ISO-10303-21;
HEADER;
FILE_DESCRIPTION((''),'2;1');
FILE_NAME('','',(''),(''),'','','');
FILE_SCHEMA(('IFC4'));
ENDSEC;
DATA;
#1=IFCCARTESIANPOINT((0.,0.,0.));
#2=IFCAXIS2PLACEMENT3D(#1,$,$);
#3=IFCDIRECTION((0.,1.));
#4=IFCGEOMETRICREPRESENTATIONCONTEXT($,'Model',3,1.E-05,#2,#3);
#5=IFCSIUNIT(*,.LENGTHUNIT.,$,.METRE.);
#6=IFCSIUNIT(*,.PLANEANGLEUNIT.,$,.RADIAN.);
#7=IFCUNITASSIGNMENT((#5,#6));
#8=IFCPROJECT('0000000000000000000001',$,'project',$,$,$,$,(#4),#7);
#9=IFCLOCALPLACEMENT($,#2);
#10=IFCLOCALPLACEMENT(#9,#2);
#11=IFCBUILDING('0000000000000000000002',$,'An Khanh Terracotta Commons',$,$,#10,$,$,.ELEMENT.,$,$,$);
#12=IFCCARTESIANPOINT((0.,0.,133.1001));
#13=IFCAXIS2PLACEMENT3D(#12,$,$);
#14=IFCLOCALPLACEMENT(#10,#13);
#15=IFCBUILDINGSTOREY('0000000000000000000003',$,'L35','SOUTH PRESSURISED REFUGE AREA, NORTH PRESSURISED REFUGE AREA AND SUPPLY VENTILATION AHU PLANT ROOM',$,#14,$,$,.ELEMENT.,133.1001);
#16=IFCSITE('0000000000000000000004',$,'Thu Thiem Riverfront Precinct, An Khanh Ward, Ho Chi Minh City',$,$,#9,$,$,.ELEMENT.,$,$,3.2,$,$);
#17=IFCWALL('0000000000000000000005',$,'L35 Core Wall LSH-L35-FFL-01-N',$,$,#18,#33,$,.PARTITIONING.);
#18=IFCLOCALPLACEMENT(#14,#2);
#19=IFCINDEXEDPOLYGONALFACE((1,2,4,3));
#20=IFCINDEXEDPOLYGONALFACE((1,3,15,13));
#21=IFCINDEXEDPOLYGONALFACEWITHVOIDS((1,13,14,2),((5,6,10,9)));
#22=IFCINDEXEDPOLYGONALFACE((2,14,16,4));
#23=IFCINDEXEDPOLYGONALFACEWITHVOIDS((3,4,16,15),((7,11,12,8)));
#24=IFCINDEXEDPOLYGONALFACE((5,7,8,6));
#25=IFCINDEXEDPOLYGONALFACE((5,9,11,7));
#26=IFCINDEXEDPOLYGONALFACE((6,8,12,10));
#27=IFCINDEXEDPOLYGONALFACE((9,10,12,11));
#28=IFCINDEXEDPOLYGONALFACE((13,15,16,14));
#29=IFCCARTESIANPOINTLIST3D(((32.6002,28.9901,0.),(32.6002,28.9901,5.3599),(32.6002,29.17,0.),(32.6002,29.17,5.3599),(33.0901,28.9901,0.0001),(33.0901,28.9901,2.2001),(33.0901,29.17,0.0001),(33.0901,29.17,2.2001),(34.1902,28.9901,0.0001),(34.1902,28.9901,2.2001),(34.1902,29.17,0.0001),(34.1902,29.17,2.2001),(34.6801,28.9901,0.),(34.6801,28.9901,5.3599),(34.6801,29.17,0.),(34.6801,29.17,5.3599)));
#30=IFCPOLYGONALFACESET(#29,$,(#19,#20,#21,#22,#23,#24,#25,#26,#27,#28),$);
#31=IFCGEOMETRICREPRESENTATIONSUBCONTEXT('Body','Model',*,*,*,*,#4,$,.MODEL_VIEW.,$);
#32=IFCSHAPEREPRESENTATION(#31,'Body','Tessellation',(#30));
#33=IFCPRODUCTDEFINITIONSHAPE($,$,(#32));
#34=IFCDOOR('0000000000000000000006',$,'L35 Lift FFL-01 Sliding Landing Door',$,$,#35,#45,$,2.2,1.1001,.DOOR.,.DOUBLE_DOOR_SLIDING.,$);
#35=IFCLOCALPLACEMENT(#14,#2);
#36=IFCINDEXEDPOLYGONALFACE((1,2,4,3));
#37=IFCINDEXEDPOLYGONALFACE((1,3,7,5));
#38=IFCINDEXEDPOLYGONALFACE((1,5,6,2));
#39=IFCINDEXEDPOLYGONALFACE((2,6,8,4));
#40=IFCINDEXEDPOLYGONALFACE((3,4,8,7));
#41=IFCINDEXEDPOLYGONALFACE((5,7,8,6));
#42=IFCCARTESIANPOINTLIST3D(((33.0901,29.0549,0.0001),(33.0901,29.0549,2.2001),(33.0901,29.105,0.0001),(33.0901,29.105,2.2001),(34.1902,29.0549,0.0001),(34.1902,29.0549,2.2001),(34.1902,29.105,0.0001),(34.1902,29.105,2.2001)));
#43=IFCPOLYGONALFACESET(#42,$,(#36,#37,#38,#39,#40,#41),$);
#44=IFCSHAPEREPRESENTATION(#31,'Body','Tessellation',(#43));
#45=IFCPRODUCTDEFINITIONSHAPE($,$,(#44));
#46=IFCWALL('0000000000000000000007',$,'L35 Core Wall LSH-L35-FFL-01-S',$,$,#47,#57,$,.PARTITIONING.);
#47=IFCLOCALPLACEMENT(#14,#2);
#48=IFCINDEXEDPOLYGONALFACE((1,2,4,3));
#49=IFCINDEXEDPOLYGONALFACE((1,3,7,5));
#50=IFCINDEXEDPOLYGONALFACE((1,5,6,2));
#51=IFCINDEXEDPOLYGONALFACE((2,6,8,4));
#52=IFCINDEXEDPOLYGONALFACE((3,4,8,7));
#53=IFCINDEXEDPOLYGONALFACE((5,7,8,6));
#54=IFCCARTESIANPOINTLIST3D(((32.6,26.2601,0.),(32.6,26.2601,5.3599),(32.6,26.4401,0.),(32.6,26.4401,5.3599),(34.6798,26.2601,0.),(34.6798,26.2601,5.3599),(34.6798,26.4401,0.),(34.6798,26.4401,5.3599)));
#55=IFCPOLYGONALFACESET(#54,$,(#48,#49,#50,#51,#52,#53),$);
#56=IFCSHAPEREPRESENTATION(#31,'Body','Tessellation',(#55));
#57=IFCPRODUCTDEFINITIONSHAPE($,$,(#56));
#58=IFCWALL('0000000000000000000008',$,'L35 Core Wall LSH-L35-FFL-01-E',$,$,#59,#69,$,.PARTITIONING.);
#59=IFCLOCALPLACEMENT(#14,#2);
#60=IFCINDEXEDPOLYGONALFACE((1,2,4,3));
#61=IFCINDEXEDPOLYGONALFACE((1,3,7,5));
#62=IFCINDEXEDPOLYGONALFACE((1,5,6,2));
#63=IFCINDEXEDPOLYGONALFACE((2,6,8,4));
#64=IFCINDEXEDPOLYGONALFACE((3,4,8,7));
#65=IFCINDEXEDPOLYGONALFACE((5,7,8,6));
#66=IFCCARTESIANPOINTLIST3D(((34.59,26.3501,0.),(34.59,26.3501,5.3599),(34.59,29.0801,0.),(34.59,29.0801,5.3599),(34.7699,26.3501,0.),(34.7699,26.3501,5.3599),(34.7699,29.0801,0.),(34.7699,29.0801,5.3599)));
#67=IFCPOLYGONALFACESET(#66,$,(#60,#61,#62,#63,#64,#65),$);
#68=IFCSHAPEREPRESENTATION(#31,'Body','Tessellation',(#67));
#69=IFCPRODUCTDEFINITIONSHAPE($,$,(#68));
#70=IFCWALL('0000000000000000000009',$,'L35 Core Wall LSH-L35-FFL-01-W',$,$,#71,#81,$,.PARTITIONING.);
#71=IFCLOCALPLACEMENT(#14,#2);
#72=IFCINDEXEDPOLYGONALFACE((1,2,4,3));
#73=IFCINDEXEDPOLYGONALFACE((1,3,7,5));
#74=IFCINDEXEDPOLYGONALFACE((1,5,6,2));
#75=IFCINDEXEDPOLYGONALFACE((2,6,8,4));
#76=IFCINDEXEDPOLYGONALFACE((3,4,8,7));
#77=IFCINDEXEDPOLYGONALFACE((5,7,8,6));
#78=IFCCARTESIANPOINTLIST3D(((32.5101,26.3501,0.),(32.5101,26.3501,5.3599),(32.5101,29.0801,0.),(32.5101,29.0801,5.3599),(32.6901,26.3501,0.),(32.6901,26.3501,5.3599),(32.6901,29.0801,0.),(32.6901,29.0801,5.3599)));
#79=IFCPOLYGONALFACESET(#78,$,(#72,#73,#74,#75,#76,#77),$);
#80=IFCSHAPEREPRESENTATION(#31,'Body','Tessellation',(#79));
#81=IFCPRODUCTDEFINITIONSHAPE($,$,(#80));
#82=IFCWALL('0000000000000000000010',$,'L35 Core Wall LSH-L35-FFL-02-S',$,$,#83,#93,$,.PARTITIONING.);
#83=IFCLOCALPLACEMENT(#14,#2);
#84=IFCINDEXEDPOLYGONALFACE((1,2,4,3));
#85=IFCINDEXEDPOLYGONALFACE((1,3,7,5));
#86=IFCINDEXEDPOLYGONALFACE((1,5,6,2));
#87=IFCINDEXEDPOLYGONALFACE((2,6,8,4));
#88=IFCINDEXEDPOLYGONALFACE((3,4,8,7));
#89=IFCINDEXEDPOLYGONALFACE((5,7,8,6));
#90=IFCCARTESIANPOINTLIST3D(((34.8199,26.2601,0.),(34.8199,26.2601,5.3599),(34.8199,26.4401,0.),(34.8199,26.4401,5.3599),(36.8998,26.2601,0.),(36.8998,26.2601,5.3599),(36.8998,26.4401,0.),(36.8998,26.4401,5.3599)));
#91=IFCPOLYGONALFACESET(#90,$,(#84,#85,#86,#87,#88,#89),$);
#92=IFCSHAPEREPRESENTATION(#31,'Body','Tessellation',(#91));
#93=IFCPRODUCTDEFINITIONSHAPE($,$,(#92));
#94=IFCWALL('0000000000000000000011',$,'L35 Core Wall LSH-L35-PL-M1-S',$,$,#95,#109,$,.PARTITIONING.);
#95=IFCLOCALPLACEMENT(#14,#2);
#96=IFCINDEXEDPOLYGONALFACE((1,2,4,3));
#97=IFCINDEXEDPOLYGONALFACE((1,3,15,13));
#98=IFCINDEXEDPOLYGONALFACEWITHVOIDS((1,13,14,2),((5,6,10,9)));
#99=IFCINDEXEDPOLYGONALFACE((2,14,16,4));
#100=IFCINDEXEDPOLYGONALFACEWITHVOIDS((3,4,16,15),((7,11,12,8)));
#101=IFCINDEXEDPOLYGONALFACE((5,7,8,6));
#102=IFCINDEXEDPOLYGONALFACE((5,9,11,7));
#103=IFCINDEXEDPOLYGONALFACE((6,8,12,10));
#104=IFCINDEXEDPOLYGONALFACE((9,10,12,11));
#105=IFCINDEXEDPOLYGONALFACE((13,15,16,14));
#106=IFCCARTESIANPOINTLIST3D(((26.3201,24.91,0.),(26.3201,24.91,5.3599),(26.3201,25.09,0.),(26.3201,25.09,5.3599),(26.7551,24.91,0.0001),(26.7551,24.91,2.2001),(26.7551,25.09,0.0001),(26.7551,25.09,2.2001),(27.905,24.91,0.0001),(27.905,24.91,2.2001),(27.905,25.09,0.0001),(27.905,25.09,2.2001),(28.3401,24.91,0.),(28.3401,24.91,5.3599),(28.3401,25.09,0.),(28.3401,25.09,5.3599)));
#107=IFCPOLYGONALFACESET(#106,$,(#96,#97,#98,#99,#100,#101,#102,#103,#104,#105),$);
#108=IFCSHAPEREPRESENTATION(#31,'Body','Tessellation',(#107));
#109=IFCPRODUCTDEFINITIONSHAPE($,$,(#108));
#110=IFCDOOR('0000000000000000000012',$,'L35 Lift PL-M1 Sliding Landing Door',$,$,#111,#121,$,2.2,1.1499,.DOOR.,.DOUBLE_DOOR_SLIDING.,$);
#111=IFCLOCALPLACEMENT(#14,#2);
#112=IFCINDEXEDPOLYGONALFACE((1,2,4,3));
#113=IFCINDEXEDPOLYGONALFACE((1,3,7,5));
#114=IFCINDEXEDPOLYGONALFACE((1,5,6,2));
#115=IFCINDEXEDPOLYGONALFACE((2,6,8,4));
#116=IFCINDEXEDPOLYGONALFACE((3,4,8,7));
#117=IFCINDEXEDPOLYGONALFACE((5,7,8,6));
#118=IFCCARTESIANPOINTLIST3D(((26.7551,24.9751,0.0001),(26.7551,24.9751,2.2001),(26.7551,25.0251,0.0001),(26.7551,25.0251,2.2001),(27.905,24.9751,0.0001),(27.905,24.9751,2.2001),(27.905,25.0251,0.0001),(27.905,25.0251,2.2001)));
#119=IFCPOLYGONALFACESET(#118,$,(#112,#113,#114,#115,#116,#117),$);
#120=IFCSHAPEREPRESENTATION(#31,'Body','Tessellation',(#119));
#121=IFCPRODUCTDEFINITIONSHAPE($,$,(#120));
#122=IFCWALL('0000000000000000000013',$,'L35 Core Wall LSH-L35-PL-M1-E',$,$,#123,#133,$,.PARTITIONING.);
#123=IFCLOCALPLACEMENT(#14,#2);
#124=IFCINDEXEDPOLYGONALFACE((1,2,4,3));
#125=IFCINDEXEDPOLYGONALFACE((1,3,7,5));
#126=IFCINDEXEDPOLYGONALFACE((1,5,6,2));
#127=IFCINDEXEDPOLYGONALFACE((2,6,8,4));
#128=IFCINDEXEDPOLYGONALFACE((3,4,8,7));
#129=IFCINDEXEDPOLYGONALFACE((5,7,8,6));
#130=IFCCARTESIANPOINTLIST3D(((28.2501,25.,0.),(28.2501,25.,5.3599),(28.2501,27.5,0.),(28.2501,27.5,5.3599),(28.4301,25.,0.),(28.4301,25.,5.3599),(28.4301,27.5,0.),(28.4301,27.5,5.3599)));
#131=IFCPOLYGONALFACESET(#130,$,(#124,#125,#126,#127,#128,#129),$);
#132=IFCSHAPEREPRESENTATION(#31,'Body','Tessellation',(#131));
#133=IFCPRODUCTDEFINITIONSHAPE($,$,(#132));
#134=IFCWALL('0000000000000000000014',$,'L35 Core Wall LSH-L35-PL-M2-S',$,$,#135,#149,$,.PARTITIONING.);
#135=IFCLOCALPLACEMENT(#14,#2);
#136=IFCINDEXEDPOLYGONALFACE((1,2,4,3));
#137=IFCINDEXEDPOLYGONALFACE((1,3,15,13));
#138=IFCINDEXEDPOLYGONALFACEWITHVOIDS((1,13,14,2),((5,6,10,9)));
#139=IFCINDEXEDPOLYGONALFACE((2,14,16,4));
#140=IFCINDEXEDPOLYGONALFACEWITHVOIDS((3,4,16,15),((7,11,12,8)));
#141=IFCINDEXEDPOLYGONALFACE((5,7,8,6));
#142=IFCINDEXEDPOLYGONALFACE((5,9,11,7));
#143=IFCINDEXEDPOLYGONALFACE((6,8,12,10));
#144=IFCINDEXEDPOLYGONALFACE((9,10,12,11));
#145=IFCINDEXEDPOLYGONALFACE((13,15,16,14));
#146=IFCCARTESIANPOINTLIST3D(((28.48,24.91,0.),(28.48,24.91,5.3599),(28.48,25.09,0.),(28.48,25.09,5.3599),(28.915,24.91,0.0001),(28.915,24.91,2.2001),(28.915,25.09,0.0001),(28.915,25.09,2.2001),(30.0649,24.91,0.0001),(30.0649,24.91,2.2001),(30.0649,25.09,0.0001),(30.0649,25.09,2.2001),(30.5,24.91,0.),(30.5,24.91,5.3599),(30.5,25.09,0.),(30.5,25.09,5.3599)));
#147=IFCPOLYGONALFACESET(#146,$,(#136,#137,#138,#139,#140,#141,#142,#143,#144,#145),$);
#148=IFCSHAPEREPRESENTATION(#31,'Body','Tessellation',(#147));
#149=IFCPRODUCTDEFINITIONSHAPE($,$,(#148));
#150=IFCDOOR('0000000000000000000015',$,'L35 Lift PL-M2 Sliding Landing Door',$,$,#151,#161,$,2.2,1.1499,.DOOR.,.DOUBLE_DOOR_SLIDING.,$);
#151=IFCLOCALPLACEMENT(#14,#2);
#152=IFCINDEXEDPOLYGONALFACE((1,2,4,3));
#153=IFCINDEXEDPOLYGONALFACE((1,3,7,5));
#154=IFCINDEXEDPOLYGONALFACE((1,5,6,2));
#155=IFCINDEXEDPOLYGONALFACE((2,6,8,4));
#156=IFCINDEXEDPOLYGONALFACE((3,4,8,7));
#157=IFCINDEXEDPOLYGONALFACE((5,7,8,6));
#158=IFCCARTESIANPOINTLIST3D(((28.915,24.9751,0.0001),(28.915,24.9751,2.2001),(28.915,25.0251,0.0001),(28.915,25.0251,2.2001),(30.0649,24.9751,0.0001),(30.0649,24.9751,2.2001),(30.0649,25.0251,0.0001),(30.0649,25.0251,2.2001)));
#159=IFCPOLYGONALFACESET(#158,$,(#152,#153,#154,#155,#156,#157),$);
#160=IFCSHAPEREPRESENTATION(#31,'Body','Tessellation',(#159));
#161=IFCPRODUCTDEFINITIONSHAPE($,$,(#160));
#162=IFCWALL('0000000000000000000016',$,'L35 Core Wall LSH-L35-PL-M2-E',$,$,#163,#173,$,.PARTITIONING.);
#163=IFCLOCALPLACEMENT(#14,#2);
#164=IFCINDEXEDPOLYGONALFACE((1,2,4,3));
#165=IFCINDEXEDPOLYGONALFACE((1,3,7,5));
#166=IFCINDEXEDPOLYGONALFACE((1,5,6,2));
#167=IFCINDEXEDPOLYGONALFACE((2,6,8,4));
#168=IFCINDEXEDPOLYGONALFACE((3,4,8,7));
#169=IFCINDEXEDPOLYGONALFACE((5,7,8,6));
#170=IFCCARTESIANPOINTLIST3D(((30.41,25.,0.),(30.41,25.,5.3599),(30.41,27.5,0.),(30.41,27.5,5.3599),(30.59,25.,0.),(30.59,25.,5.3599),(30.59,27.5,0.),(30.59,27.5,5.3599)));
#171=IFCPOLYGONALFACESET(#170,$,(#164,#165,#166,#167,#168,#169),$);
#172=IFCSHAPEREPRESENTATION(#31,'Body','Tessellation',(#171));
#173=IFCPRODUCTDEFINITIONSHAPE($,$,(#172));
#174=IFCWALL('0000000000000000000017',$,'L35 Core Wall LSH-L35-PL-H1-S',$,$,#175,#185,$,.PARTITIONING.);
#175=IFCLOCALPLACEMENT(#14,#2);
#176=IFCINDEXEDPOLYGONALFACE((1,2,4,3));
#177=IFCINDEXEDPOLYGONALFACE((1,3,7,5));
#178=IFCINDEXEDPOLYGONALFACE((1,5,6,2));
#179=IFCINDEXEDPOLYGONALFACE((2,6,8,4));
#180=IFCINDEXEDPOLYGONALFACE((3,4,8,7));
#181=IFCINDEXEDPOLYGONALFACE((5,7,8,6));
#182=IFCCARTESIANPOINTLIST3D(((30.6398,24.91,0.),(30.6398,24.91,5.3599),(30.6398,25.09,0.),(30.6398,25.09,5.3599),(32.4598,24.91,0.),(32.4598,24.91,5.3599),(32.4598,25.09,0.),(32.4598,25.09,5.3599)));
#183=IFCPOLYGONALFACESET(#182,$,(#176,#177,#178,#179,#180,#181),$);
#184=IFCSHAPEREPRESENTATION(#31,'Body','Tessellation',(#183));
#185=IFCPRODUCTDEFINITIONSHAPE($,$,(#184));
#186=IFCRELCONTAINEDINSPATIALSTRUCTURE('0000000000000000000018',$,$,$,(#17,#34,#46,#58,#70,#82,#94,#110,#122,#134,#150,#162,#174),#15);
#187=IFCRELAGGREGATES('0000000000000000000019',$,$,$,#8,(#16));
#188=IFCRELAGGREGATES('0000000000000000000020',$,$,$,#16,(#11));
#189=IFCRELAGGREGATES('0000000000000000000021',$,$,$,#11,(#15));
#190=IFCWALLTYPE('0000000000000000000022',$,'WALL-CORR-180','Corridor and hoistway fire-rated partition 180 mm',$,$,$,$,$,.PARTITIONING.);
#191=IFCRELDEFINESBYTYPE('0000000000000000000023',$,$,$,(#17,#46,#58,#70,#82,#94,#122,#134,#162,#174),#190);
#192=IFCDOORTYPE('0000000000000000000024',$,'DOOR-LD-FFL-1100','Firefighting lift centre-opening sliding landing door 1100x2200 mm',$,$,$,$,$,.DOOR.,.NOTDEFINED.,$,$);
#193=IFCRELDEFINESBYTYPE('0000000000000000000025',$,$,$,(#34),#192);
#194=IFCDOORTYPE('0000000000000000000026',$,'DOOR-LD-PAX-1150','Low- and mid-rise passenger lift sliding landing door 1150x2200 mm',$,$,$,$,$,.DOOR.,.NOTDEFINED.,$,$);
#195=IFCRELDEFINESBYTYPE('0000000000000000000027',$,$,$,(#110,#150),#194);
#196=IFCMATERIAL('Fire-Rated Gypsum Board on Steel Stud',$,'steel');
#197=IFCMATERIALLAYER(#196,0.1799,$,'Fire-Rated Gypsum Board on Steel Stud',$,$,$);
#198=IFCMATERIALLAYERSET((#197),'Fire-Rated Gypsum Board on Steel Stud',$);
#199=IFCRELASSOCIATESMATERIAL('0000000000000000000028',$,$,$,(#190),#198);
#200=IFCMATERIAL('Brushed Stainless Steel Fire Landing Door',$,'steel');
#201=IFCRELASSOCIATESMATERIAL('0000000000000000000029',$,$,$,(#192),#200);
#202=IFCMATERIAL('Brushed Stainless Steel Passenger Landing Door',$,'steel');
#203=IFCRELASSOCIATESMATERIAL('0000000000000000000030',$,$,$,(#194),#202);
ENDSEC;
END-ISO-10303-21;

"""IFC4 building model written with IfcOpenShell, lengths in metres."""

from ifc_helpers import new_model, si_unit, direction, frame, frame_2d, origin, place, context, subcontext, project, spatial, rectangle, extrude, material, layer, layer_set, type_object, element, fill, save


model = new_model("IFC4")

# Units and contexts
model_context = context("Model", 3, precision=1e-05, world=origin(), true_north=direction((0.0, 1.0)))
body_context = subcontext(model_context, "Body", "Model", "MODEL_VIEW")
ifc_project = project(units=[si_unit("LENGTHUNIT", "METRE"), si_unit("PLANEANGLEUNIT", "RADIAN")], contexts=[model_context])

# Site, building, storey
site_placement = place(None, origin())
site = spatial("IfcSite", under=ifc_project, at=site_placement, Name="Thu Thiem Riverfront Precinct, An Khanh Ward, Ho Chi Minh City", CompositionType="ELEMENT", RefElevation=3.2)
building_placement = place(site_placement, origin())
building = spatial("IfcBuilding", under=site, at=building_placement, Name="An Khanh Terracotta Commons", CompositionType="ELEMENT")
storey_placement = place(building_placement, frame((0.0, 0.0, 133.1001)))
storey = spatial("IfcBuildingStorey", under=building, at=storey_placement, Name="L35", Description="SOUTH PRESSURISED REFUGE AREA, NORTH PRESSURISED REFUGE AREA AND SUPPLY VENTILATION AHU PLANT ROOM", CompositionType="ELEMENT", Elevation=133.1001)

# Wall, opening, door
ifc_material_1 = material(Name="Fire-Rated Gypsum Board on Steel Stud", Category="steel")
ifc_layer = layer(ifc_material_1, 0.1799, Name="Fire-Rated Gypsum Board on Steel Stud")
ifc_layer_set = layer_set([ifc_layer], Name="Fire-Rated Gypsum Board on Steel Stud")
wall_type = type_object("IfcWallType", Name="WALL-CORR-180", Description="Corridor and hoistway fire-rated partition 180 mm", PredefinedType="PARTITIONING", material=ifc_layer_set)
wall_1_placement = place(storey_placement, frame((32.6001, 29.0801, 0.0), z_axis=(0.0, 0.0, 1.0), x_axis=(1.0, 0.0, 0.0)))
wall_1 = element("IfcWall", 1, at=wall_1_placement, inside=storey, type_object=wall_type, Name="L35 Core Wall LSH-L35-FFL-01-N", PredefinedType="PARTITIONING", context=body_context, shape_type="SweptSolid", body=[
    extrude(rectangle(XDim=2.0798, YDim=0.1799, at=frame_2d((1.04, 0.0))), origin(), (0.0, 0.0, 1.0), 5.3599),
])
opening_1_placement = place(wall_1_placement, frame((0.49, 0.0, 0.0)))
opening_1 = element("IfcOpeningElement", 2, at=opening_1_placement, cuts=wall_1, PredefinedType="OPENING", context=body_context, shape_type="SweptSolid", body=[
    extrude(rectangle(XDim=1.1001, YDim=2.2, at=frame_2d((0.55, 1.1001))), frame((0.0, 0.0999, 0.0), z_axis=(0.0, -1.0, 0.0), x_axis=(1.0, 0.0, 0.0)), (0.0, 0.0, 1.0), 0.2),
])
ifc_material_2 = material(Name="Brushed Stainless Steel Fire Landing Door", Category="steel")
door_type_1 = type_object("IfcDoorType", Name="DOOR-LD-FFL-1100", Description="Firefighting lift centre-opening sliding landing door 1100x2200 mm", OperationType="NOTDEFINED", PredefinedType="DOOR", material=ifc_material_2)
door_1_placement = place(opening_1_placement, origin())
door_1 = element("IfcDoor", 3, at=door_1_placement, inside=storey, type_object=door_type_1, Name="L35 Lift FFL-01 Sliding Landing Door", OperationType="DOUBLE_DOOR_SLIDING", OverallHeight=2.2, OverallWidth=1.1001, PredefinedType="DOOR", context=body_context, shape_type="SweptSolid", body=[
    extrude(rectangle(XDim=1.1001, YDim=2.2, at=frame_2d((0.55, 1.1001))), frame((0.0, 0.0249, 0.0), z_axis=(0.0, -1.0, 0.0), x_axis=(1.0, 0.0, 0.0)), (0.0, 0.0, 1.0), 0.05),
])
fill(opening_1, door_1)

# Walls
wall_2_placement = place(storey_placement, frame((34.6799, 26.3501, 0.0), z_axis=(0.0, 0.0, 1.0), x_axis=(-1.0, 0.0, 0.0)))
element("IfcWall", 4, at=wall_2_placement, inside=storey, type_object=wall_type, Name="L35 Core Wall LSH-L35-FFL-01-S", PredefinedType="PARTITIONING", context=body_context, shape_type="SweptSolid", body=[
    extrude(rectangle(XDim=2.0798, YDim=0.1799, at=frame_2d((1.04, 0.0))), origin(), (0.0, 0.0, 1.0), 5.3599),
])
for number, where, z_axis, x_axis, name in (
    (5, (34.6799, 26.3501, 0.0), (0.0, 0.0, 1.0), (0.0, 1.0, 0.0), "L35 Core Wall LSH-L35-FFL-01-E"),
    (6, (32.6001, 29.0801, 0.0), (0.0, 0.0, 1.0), (0.0, -1.0, 0.0), "L35 Core Wall LSH-L35-FFL-01-W"),
):
    element("IfcWall", number, at=place(storey_placement, frame(where, z_axis=z_axis, x_axis=x_axis)), inside=storey, type_object=wall_type, Name=name, PredefinedType="PARTITIONING", context=body_context, shape_type="SweptSolid", body=[
        extrude(rectangle(XDim=2.73, YDim=0.1799, at=frame_2d((1.365, 0.0))), origin(), (0.0, 0.0, 1.0), 5.3599),
    ])
wall_3_placement = place(storey_placement, frame((36.8999, 26.3501, 0.0), z_axis=(0.0, 0.0, 1.0), x_axis=(-1.0, 0.0, 0.0)))
element("IfcWall", 7, at=wall_3_placement, inside=storey, type_object=wall_type, Name="L35 Core Wall LSH-L35-FFL-02-S", PredefinedType="PARTITIONING", context=body_context, shape_type="SweptSolid", body=[
    extrude(rectangle(XDim=2.0798, YDim=0.1799, at=frame_2d((1.04, 0.0))), origin(), (0.0, 0.0, 1.0), 5.3599),
])

# Wall, opening, door
wall_4_placement = place(storey_placement, frame((28.3401, 25.0, 0.0), z_axis=(0.0, 0.0, 1.0), x_axis=(-1.0, 0.0, 0.0)))
wall_4 = element("IfcWall", 8, at=wall_4_placement, inside=storey, type_object=wall_type, Name="L35 Core Wall LSH-L35-PL-M1-S", PredefinedType="PARTITIONING", context=body_context, shape_type="SweptSolid", body=[
    extrude(rectangle(XDim=2.02, YDim=0.1799, at=frame_2d((1.01, 0.0))), origin(), (0.0, 0.0, 1.0), 5.3599),
])
opening_2_placement = place(wall_4_placement, frame((0.4351, 0.0, 0.0)))
opening_2 = element("IfcOpeningElement", 9, at=opening_2_placement, cuts=wall_4, PredefinedType="OPENING", context=body_context, shape_type="SweptSolid", body=[
    extrude(rectangle(XDim=1.1499, YDim=2.2, at=frame_2d((0.575, 1.1001))), frame((0.0, 0.0999, 0.0), z_axis=(0.0, -1.0, 0.0), x_axis=(1.0, 0.0, 0.0)), (0.0, 0.0, 1.0), 0.2),
])
ifc_material_3 = material(Name="Brushed Stainless Steel Passenger Landing Door", Category="steel")
door_type_2 = type_object("IfcDoorType", Name="DOOR-LD-PAX-1150", Description="Low- and mid-rise passenger lift sliding landing door 1150x2200 mm", OperationType="NOTDEFINED", PredefinedType="DOOR", material=ifc_material_3)
door_2_placement = place(opening_2_placement, origin())
door_2 = element("IfcDoor", 10, at=door_2_placement, inside=storey, type_object=door_type_2, Name="L35 Lift PL-M1 Sliding Landing Door", OperationType="DOUBLE_DOOR_SLIDING", OverallHeight=2.2, OverallWidth=1.1499, PredefinedType="DOOR", context=body_context, shape_type="SweptSolid", body=[
    extrude(rectangle(XDim=1.1499, YDim=2.2, at=frame_2d((0.575, 1.1001))), frame((0.0, 0.0249, 0.0), z_axis=(0.0, -1.0, 0.0), x_axis=(1.0, 0.0, 0.0)), (0.0, 0.0, 1.0), 0.05),
])
fill(opening_2, door_2)

# Wall
wall_5_placement = place(storey_placement, frame((28.3401, 25.0, 0.0), z_axis=(0.0, 0.0, 1.0), x_axis=(0.0, 1.0, 0.0)))
element("IfcWall", 11, at=wall_5_placement, inside=storey, type_object=wall_type, Name="L35 Core Wall LSH-L35-PL-M1-E", PredefinedType="PARTITIONING", context=body_context, shape_type="SweptSolid", body=[
    extrude(rectangle(XDim=2.5, YDim=0.1799, at=frame_2d((1.25, 0.0))), origin(), (0.0, 0.0, 1.0), 5.3599),
])

# Wall, opening, door
wall_6_placement = place(storey_placement, frame((30.5, 25.0, 0.0), z_axis=(0.0, 0.0, 1.0), x_axis=(-1.0, 0.0, 0.0)))
wall_6 = element("IfcWall", 12, at=wall_6_placement, inside=storey, type_object=wall_type, Name="L35 Core Wall LSH-L35-PL-M2-S", PredefinedType="PARTITIONING", context=body_context, shape_type="SweptSolid", body=[
    extrude(rectangle(XDim=2.02, YDim=0.1799, at=frame_2d((1.01, 0.0))), origin(), (0.0, 0.0, 1.0), 5.3599),
])
opening_3_placement = place(wall_6_placement, frame((0.4351, 0.0, 0.0)))
opening_3 = element("IfcOpeningElement", 13, at=opening_3_placement, cuts=wall_6, PredefinedType="OPENING", context=body_context, shape_type="SweptSolid", body=[
    extrude(rectangle(XDim=1.1499, YDim=2.2, at=frame_2d((0.575, 1.1001))), frame((0.0, 0.0999, 0.0), z_axis=(0.0, -1.0, 0.0), x_axis=(1.0, 0.0, 0.0)), (0.0, 0.0, 1.0), 0.2),
])
door_3_placement = place(opening_3_placement, origin())
door_3 = element("IfcDoor", 14, at=door_3_placement, inside=storey, type_object=door_type_2, Name="L35 Lift PL-M2 Sliding Landing Door", OperationType="DOUBLE_DOOR_SLIDING", OverallHeight=2.2, OverallWidth=1.1499, PredefinedType="DOOR", context=body_context, shape_type="SweptSolid", body=[
    extrude(rectangle(XDim=1.1499, YDim=2.2, at=frame_2d((0.575, 1.1001))), frame((0.0, 0.0249, 0.0), z_axis=(0.0, -1.0, 0.0), x_axis=(1.0, 0.0, 0.0)), (0.0, 0.0, 1.0), 0.05),
])
fill(opening_3, door_3)

# Walls
wall_7_placement = place(storey_placement, frame((30.5, 25.0, 0.0), z_axis=(0.0, 0.0, 1.0), x_axis=(0.0, 1.0, 0.0)))
element("IfcWall", 15, at=wall_7_placement, inside=storey, type_object=wall_type, Name="L35 Core Wall LSH-L35-PL-M2-E", PredefinedType="PARTITIONING", context=body_context, shape_type="SweptSolid", body=[
    extrude(rectangle(XDim=2.5, YDim=0.1799, at=frame_2d((1.25, 0.0))), origin(), (0.0, 0.0, 1.0), 5.3599),
])
wall_8_placement = place(storey_placement, frame((32.46, 25.0, 0.0), z_axis=(0.0, 0.0, 1.0), x_axis=(-1.0, 0.0, 0.0)))
element("IfcWall", 16, at=wall_8_placement, inside=storey, type_object=wall_type, Name="L35 Core Wall LSH-L35-PL-H1-S", PredefinedType="PARTITIONING", context=body_context, shape_type="SweptSolid", body=[
    extrude(rectangle(XDim=1.8201, YDim=0.1799, at=frame_2d((0.9102, 0.0))), origin(), (0.0, 0.0, 1.0), 5.3599),
])

save(model, "model.ifc")
